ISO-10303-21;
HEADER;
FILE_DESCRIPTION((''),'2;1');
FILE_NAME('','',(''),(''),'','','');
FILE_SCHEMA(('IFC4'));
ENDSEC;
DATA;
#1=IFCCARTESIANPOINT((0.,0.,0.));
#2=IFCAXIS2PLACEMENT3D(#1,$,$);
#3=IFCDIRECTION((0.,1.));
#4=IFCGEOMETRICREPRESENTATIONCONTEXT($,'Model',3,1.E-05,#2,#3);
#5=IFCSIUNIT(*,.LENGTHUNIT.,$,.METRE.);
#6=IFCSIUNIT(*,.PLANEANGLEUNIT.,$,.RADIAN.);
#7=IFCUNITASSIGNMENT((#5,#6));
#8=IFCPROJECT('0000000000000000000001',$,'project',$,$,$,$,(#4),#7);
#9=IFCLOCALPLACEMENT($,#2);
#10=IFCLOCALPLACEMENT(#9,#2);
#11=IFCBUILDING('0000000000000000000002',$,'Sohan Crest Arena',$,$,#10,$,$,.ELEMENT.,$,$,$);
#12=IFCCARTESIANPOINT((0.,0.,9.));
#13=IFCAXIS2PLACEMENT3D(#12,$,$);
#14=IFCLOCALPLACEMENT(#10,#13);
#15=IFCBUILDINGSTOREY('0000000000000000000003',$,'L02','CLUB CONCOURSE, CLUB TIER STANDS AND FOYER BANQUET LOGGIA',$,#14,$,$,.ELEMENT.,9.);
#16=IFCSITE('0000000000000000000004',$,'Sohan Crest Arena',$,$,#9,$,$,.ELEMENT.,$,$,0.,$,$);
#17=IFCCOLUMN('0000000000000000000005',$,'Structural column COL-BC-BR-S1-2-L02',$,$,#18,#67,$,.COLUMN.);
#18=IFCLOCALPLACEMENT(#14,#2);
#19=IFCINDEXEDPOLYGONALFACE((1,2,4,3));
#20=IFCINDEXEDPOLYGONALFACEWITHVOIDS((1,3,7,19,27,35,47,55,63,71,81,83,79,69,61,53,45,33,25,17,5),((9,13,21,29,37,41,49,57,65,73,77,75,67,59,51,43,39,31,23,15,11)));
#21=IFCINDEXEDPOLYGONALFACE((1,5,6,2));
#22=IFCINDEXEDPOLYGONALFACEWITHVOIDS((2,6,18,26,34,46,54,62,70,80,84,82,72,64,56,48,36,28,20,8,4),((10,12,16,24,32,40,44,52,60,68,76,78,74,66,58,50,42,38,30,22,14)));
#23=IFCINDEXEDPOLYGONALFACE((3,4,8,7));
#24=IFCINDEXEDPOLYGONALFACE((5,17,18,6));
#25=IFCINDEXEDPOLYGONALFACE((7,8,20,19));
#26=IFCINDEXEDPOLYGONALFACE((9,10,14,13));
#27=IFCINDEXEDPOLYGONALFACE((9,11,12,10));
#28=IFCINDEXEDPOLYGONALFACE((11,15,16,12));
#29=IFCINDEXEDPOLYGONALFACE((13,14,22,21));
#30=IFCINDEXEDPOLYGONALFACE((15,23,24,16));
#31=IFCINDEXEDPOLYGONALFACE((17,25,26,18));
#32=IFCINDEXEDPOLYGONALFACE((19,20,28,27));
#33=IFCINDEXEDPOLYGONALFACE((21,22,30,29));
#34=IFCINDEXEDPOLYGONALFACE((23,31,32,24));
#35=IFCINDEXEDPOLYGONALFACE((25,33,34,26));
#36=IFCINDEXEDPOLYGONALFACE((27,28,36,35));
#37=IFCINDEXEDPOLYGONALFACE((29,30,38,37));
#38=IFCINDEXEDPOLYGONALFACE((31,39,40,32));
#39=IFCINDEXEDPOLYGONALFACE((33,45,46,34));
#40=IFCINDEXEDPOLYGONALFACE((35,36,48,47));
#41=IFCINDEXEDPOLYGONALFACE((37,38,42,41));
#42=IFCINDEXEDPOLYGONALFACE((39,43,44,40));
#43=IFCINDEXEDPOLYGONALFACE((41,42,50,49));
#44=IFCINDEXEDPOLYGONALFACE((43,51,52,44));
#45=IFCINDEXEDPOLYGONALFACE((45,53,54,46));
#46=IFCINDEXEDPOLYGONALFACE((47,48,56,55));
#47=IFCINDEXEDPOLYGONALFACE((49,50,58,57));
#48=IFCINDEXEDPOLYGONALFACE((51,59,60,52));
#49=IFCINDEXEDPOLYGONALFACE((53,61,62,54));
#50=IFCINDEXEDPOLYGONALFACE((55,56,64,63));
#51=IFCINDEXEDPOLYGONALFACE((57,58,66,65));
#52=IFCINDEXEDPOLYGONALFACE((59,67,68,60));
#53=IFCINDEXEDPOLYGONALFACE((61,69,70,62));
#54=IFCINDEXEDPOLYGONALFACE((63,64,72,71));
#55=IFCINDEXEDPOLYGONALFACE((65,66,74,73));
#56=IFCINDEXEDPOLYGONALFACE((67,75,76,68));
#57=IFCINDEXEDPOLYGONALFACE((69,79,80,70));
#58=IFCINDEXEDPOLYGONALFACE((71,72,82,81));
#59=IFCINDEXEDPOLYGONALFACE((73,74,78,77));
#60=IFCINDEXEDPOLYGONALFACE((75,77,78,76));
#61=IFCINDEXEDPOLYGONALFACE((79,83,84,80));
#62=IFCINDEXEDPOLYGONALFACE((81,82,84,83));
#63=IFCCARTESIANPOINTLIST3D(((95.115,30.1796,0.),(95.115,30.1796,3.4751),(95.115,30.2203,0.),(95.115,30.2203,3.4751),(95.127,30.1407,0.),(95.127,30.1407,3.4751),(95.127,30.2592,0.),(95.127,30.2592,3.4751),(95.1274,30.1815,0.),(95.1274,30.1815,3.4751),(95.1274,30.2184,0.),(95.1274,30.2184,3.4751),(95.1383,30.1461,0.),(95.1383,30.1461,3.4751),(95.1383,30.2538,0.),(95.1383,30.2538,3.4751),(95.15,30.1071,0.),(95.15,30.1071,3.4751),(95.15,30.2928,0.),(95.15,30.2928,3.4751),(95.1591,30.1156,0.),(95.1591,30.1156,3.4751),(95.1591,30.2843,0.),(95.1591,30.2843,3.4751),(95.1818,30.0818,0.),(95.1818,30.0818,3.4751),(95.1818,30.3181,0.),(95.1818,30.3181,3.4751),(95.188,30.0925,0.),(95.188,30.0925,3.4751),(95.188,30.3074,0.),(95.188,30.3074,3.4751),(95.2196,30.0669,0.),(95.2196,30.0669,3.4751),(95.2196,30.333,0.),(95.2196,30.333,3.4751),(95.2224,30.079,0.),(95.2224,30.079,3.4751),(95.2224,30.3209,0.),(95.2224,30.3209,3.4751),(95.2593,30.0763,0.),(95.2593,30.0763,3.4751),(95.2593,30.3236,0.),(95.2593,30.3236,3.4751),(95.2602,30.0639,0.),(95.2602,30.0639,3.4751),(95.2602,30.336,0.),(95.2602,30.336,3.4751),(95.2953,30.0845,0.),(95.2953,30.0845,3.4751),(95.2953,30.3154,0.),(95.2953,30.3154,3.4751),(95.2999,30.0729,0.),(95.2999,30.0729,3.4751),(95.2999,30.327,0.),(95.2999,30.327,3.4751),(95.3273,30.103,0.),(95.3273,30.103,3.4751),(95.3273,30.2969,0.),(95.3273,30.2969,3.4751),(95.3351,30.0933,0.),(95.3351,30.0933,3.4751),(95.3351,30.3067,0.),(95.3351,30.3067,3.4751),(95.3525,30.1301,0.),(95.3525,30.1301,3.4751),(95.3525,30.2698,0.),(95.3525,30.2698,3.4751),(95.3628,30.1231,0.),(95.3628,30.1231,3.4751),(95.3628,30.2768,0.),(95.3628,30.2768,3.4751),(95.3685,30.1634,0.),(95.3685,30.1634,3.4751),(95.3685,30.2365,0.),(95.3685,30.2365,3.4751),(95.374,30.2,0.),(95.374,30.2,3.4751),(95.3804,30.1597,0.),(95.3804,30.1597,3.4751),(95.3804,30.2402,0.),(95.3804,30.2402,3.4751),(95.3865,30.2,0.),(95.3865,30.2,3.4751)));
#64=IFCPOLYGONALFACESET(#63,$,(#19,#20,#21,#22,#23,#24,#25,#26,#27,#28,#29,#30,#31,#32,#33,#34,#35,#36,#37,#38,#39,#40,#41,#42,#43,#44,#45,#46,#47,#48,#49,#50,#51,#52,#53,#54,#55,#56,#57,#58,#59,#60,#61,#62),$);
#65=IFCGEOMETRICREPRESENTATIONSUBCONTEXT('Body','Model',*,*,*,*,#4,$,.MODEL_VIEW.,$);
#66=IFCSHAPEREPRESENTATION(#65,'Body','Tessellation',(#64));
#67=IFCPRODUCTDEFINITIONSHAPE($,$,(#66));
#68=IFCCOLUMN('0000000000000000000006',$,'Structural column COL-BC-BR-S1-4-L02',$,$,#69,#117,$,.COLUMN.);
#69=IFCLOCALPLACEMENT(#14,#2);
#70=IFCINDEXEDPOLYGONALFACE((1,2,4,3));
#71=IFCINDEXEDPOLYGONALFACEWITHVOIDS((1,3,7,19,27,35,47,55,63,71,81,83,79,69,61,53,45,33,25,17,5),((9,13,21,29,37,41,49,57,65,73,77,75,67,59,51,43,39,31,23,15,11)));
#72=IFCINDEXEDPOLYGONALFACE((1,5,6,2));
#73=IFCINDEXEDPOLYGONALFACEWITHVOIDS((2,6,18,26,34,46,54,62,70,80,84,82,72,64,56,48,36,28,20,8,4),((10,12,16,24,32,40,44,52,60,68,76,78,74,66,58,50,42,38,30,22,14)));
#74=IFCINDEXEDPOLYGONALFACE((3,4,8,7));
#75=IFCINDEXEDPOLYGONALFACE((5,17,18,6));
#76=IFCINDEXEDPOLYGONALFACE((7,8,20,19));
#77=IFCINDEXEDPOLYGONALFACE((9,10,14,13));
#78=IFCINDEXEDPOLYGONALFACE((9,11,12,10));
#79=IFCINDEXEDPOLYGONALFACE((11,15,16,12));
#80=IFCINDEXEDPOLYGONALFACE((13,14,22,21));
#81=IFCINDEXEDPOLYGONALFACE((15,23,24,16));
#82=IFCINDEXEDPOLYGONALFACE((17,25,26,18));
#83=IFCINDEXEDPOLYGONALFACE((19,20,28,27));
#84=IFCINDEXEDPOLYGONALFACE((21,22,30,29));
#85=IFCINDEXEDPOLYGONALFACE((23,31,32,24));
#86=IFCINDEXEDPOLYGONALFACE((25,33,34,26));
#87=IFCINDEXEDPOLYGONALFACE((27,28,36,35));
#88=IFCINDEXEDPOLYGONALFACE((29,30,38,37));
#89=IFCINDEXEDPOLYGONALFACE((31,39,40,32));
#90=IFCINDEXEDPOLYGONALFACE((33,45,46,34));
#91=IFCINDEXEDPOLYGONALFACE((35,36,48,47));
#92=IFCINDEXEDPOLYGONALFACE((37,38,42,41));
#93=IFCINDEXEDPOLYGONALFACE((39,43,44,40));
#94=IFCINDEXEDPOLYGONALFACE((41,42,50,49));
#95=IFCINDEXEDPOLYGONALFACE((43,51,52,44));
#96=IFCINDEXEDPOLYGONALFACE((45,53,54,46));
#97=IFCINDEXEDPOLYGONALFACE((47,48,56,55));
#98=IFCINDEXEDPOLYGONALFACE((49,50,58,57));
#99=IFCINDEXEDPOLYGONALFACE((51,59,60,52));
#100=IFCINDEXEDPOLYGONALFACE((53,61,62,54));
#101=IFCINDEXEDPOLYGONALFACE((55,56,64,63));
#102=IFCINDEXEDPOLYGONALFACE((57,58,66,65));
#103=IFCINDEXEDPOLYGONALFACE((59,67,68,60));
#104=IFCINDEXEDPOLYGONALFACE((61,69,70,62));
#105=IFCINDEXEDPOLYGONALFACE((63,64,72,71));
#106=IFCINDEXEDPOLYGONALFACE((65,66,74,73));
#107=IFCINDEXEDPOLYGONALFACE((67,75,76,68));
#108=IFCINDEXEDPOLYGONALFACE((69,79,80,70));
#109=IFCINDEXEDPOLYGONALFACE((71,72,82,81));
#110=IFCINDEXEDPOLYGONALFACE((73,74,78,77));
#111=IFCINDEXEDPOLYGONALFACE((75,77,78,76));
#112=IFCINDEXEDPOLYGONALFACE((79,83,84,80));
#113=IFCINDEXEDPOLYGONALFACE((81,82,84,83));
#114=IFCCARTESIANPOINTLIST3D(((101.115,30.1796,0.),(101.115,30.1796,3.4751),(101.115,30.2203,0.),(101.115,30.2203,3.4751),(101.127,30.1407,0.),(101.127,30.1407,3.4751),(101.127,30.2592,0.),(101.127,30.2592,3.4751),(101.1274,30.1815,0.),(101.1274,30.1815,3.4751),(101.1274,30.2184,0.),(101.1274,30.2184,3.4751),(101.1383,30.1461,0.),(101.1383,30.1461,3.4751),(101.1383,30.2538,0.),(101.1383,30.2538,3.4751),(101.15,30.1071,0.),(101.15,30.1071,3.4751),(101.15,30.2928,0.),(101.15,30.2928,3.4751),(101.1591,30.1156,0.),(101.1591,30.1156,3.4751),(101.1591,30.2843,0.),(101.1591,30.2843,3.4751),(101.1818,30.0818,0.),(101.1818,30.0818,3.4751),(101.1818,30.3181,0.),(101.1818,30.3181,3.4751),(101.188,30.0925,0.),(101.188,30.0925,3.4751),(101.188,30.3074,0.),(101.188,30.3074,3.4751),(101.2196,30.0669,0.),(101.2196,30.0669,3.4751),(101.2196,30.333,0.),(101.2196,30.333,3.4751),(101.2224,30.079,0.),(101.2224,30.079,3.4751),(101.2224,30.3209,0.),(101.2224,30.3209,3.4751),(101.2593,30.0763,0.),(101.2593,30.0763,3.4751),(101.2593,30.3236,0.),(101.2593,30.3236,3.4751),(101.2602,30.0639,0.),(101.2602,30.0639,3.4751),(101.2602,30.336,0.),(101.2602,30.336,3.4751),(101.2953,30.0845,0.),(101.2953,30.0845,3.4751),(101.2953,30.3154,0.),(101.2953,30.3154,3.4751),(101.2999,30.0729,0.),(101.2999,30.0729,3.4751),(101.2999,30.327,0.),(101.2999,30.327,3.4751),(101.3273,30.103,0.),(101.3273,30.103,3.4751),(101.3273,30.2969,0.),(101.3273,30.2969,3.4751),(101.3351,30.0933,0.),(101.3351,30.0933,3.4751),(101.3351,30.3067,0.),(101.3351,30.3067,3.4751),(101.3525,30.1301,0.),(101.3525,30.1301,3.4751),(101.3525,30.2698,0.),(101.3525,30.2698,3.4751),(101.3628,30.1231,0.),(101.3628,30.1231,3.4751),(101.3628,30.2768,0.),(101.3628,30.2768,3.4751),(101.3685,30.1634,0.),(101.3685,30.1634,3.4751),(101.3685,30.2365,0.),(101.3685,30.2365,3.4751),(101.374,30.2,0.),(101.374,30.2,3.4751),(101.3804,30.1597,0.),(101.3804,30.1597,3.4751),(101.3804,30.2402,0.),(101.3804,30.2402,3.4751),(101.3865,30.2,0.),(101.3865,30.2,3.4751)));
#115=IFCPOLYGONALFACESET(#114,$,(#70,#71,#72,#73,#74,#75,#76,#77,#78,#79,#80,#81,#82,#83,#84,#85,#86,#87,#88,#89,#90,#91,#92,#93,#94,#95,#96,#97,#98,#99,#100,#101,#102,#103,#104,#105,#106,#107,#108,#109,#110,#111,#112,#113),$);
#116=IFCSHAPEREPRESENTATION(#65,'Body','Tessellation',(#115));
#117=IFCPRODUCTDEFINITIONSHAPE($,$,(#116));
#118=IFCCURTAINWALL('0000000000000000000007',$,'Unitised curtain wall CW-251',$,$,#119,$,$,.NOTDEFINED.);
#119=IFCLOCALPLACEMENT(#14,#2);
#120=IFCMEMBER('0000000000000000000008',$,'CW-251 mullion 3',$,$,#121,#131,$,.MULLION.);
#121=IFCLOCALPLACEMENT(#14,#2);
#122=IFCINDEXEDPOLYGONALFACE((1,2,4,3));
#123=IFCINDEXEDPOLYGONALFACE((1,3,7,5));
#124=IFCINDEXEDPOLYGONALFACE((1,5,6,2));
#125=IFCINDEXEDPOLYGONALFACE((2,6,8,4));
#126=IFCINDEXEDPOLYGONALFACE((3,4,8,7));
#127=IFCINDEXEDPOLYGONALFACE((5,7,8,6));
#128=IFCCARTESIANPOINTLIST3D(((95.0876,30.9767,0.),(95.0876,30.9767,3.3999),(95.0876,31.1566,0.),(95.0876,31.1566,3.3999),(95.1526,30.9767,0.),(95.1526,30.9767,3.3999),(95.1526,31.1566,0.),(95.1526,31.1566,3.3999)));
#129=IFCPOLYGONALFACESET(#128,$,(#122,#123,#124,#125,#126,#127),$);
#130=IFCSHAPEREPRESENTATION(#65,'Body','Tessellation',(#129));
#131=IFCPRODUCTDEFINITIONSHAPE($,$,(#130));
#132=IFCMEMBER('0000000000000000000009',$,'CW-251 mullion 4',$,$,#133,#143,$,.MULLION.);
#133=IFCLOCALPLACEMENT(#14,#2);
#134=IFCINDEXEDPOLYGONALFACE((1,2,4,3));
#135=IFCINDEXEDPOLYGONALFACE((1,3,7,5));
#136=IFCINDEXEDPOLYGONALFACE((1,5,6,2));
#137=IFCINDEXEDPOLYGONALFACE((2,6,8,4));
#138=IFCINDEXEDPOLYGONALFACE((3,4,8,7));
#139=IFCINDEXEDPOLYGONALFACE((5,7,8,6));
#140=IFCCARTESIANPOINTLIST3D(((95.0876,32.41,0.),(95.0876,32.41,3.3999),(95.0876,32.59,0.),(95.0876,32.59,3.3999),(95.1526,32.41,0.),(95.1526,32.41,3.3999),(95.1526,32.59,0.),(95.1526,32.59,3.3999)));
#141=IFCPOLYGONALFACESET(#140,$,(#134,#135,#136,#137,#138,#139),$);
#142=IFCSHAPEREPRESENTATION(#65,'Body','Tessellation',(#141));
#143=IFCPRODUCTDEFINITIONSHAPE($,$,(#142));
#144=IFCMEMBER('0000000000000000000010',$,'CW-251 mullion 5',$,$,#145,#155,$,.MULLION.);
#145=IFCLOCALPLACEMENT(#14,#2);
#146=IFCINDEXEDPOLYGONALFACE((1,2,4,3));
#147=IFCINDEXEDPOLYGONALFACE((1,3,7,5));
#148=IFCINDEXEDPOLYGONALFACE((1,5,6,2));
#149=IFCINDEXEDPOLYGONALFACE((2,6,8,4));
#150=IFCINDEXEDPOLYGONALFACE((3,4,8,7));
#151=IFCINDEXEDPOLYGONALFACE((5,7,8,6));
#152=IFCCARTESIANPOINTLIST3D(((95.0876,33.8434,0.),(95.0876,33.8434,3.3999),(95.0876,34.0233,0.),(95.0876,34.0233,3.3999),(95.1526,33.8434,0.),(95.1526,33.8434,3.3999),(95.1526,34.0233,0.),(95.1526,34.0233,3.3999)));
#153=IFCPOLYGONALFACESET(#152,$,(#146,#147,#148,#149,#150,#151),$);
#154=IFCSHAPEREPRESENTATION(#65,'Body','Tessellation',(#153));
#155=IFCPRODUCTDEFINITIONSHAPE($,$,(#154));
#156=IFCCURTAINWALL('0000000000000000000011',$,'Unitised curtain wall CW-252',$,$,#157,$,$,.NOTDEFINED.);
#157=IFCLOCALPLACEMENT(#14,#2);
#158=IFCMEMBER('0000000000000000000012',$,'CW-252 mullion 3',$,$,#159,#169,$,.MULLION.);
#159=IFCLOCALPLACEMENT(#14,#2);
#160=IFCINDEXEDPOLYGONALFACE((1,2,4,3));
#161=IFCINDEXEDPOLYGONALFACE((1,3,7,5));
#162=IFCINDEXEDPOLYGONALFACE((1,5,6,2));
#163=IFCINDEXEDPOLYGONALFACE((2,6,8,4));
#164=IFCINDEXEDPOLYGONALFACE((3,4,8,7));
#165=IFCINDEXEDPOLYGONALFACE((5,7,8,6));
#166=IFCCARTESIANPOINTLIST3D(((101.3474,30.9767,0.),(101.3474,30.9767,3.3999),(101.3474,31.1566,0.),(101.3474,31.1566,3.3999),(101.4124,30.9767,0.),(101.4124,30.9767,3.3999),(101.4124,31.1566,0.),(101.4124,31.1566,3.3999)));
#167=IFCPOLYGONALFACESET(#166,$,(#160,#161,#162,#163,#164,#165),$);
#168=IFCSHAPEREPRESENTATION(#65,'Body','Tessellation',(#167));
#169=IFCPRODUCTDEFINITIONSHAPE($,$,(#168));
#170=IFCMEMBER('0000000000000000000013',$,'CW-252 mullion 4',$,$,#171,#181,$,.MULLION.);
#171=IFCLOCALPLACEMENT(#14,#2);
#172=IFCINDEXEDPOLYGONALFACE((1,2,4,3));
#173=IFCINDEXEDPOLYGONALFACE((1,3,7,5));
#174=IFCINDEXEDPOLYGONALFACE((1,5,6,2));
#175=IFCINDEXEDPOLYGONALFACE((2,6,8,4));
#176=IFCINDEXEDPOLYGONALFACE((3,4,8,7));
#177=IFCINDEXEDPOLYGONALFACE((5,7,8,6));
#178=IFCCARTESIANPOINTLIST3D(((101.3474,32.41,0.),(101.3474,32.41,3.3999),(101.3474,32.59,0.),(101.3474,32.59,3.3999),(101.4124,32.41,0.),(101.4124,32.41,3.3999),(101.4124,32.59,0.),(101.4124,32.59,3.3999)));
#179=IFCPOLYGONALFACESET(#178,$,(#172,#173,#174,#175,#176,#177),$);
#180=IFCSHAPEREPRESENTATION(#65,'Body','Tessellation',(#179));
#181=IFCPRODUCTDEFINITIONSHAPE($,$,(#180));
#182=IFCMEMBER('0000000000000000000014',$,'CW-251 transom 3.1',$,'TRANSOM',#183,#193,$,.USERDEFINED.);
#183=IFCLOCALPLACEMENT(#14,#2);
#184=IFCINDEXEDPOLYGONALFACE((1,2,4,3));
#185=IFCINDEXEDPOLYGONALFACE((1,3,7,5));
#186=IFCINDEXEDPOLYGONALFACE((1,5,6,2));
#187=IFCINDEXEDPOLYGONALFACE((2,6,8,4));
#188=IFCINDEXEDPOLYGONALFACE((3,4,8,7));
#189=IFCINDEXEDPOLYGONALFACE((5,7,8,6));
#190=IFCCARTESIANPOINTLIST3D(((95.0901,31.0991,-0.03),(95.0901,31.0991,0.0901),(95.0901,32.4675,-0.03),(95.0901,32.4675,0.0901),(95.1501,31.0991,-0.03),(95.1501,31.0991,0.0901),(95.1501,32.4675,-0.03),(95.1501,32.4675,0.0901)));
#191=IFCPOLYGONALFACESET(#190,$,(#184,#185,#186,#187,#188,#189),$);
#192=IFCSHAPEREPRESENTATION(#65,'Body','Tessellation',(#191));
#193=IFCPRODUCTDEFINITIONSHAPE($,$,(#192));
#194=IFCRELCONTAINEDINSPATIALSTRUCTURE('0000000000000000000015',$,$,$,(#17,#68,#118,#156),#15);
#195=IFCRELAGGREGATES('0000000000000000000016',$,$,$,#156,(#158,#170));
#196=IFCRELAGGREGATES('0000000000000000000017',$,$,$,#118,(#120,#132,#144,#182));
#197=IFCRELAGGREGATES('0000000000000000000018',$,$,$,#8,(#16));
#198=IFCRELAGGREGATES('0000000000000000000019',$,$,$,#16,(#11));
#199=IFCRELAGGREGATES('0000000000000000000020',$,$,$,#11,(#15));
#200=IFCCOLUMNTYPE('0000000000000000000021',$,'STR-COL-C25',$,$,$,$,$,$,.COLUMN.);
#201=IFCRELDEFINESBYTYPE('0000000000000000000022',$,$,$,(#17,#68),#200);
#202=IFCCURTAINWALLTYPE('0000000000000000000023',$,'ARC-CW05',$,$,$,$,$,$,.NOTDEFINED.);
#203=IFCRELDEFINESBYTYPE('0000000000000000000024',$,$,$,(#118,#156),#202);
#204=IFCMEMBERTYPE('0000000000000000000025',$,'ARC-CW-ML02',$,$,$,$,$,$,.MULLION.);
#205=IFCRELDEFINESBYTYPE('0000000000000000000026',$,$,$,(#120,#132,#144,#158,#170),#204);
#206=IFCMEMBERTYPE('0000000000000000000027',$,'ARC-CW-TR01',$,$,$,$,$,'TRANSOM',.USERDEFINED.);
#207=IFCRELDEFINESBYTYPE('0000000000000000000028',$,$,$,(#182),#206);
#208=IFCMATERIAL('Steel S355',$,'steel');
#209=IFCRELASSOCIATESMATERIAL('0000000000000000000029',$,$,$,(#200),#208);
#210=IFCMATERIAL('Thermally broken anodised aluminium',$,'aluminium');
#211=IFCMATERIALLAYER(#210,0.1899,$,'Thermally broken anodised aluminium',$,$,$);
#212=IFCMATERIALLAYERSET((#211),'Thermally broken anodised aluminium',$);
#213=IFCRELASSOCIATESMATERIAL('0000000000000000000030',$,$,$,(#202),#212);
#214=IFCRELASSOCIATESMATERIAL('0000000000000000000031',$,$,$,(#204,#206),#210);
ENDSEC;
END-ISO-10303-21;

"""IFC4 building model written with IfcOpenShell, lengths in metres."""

from ifc_helpers import new_model, si_unit, direction, frame, origin, origin_2d, place, context, subcontext, project, spatial, rectangle, hollow_circle, extrude, material, layer, layer_set, material_profile, profile_set, type_object, element, aggregate, save


model = new_model("IFC4")

# Units and contexts
model_context = context("Model", 3, precision=1e-05, world=origin(), true_north=direction((0.0, 1.0)))
body_context = subcontext(model_context, "Body", "Model", "MODEL_VIEW")
ifc_project = project(units=[si_unit("LENGTHUNIT", "METRE"), si_unit("PLANEANGLEUNIT", "RADIAN")], contexts=[model_context])

# Site, building, storey
site_placement = place(None, origin())
site = spatial("IfcSite", under=ifc_project, at=site_placement, Name="Sohan Crest Arena", CompositionType="ELEMENT", RefElevation=0.0)
building_placement = place(site_placement, origin())
building = spatial("IfcBuilding", under=site, at=building_placement, Name="Sohan Crest Arena", CompositionType="ELEMENT")
storey_placement = place(building_placement, frame((0.0, 0.0, 9.0)))
storey = spatial("IfcBuildingStorey", under=building, at=storey_placement, Name="L02", Description="CLUB CONCOURSE, CLUB TIER STANDS AND FOYER BANQUET LOGGIA", CompositionType="ELEMENT", Elevation=9.0)

# Columns
ifc_material_1 = material(Name="Steel S355", Category="steel")
ifc_material_profile_1 = material_profile(ifc_material_1, hollow_circle(Radius=0.1365, WallThickness=0.0125, at=origin_2d()), Name="CHS 273x12.5")
ifc_profile_set_1 = profile_set([ifc_material_profile_1], Name="Steel S355")
column_type = type_object("IfcColumnType", Name="STR-COL-C25", PredefinedType="COLUMN", material=ifc_profile_set_1)
for number, where, z_axis, x_axis, name in (
    (1, (95.25, 30.2, 0.0), (0.0, 0.0, 1.0), (1.0, 0.0, 0.0), "Structural column COL-BC-BR-S1-2-L02"),
    (2, (101.25, 30.2, 0.0), (0.0, 0.0, 1.0), (1.0, 0.0, 0.0), "Structural column COL-BC-BR-S1-4-L02"),
):
    element("IfcColumn", number, at=place(storey_placement, frame(where, z_axis=z_axis, x_axis=x_axis)), inside=storey, type_object=column_type, Name=name, PredefinedType="COLUMN", context=body_context, shape_type="SweptSolid", body=[
        extrude(hollow_circle(Radius=0.1365, WallThickness=0.0125, at=origin_2d()), origin(), (0.0, 0.0, 1.0), 3.4751),
    ])

# Curtain walls, members
ifc_material_2 = material(Name="Thermally broken anodised aluminium", Category="aluminium")
ifc_layer_1 = layer(ifc_material_2, 0.1899, Name="Thermally broken anodised aluminium")
ifc_layer_set_1 = layer_set([ifc_layer_1], Name="Thermally broken anodised aluminium")
curtain_wall_type = type_object("IfcCurtainWallType", Name="ARC-CW05", PredefinedType="NOTDEFINED", material=ifc_layer_set_1)
curtain_wall_1_placement = place(storey_placement, origin())
curtain_wall_1 = element("IfcCurtainWall", 3, at=curtain_wall_1_placement, inside=storey, type_object=curtain_wall_type, Name="Unitised curtain wall CW-251", PredefinedType="NOTDEFINED")
ifc_material_profile_2 = material_profile(ifc_material_2, rectangle(XDim=0.0649, YDim=0.1799, at=origin_2d()), Name="ALU-MULL 65x180")
ifc_profile_set_2 = profile_set([ifc_material_profile_2], Name="Thermally broken anodised aluminium")
member_type_1 = type_object("IfcMemberType", Name="ARC-CW-ML02", PredefinedType="MULLION", material=ifc_profile_set_2)
member_1_placement = place(storey_placement, frame((95.1201, 31.0667, 0.0), z_axis=(0.0, 0.0, 1.0), x_axis=(-1.0, 0.0, 0.0)))
member_1 = element("IfcMember", 4, at=member_1_placement, type_object=member_type_1, Name="CW-251 mullion 3", PredefinedType="MULLION", context=body_context, shape_type="SweptSolid", body=[
    extrude(rectangle(XDim=0.0649, YDim=0.1799, at=origin_2d()), origin(), (0.0, 0.0, 1.0), 3.3999),
])
member_2_placement = place(storey_placement, frame((95.1201, 32.5, 0.0), z_axis=(0.0, 0.0, 1.0), x_axis=(-1.0, 0.0, 0.0)))
member_2 = element("IfcMember", 5, at=member_2_placement, type_object=member_type_1, Name="CW-251 mullion 4", PredefinedType="MULLION", context=body_context, shape_type="SweptSolid", body=[
    extrude(rectangle(XDim=0.0649, YDim=0.1799, at=origin_2d()), origin(), (0.0, 0.0, 1.0), 3.3999),
])
member_3_placement = place(storey_placement, frame((95.1201, 33.9333, 0.0), z_axis=(0.0, 0.0, 1.0), x_axis=(-1.0, 0.0, 0.0)))
member_3 = element("IfcMember", 6, at=member_3_placement, type_object=member_type_1, Name="CW-251 mullion 5", PredefinedType="MULLION", context=body_context, shape_type="SweptSolid", body=[
    extrude(rectangle(XDim=0.0649, YDim=0.1799, at=origin_2d()), origin(), (0.0, 0.0, 1.0), 3.3999),
])
curtain_wall_2_placement = place(storey_placement, origin())
curtain_wall_2 = element("IfcCurtainWall", 7, at=curtain_wall_2_placement, inside=storey, type_object=curtain_wall_type, Name="Unitised curtain wall CW-252", PredefinedType="NOTDEFINED")
member_4_placement = place(storey_placement, frame((101.3799, 31.0667, 0.0), z_axis=(0.0, 0.0, 1.0), x_axis=(-1.0, 0.0, 0.0)))
member_4 = element("IfcMember", 8, at=member_4_placement, type_object=member_type_1, Name="CW-252 mullion 3", PredefinedType="MULLION", context=body_context, shape_type="SweptSolid", body=[
    extrude(rectangle(XDim=0.0649, YDim=0.1799, at=origin_2d()), origin(), (0.0, 0.0, 1.0), 3.3999),
])
member_5_placement = place(storey_placement, frame((101.3799, 32.5, 0.0), z_axis=(0.0, 0.0, 1.0), x_axis=(-1.0, 0.0, 0.0)))
member_5 = element("IfcMember", 9, at=member_5_placement, type_object=member_type_1, Name="CW-252 mullion 4", PredefinedType="MULLION", context=body_context, shape_type="SweptSolid", body=[
    extrude(rectangle(XDim=0.0649, YDim=0.1799, at=origin_2d()), origin(), (0.0, 0.0, 1.0), 3.3999),
])
aggregate(curtain_wall_2, [member_4, member_5])

# Member
ifc_material_profile_3 = material_profile(ifc_material_2, rectangle(XDim=0.0601, YDim=0.1201, at=origin_2d()), Name="ALU-TRAN 60x120")
ifc_profile_set_3 = profile_set([ifc_material_profile_3], Name="Thermally broken anodised aluminium")
member_type_2 = type_object("IfcMemberType", Name="ARC-CW-TR01", ElementType="TRANSOM", PredefinedType="USERDEFINED", material=ifc_profile_set_3)
member_6_placement = place(storey_placement, frame((95.1201, 31.0991, 0.03), z_axis=(0.0, 1.0, 0.0), x_axis=(-1.0, 0.0, 0.0)))
member_6 = element("IfcMember", 10, at=member_6_placement, type_object=member_type_2, Name="CW-251 transom 3.1", ObjectType="TRANSOM", PredefinedType="USERDEFINED", context=body_context, shape_type="SweptSolid", body=[
    extrude(rectangle(XDim=0.0601, YDim=0.1201, at=origin_2d()), origin(), (0.0, 0.0, 1.0), 1.3684),
])

aggregate(curtain_wall_1, [member_1, member_2, member_3, member_6])

save(model, "model.ifc")
